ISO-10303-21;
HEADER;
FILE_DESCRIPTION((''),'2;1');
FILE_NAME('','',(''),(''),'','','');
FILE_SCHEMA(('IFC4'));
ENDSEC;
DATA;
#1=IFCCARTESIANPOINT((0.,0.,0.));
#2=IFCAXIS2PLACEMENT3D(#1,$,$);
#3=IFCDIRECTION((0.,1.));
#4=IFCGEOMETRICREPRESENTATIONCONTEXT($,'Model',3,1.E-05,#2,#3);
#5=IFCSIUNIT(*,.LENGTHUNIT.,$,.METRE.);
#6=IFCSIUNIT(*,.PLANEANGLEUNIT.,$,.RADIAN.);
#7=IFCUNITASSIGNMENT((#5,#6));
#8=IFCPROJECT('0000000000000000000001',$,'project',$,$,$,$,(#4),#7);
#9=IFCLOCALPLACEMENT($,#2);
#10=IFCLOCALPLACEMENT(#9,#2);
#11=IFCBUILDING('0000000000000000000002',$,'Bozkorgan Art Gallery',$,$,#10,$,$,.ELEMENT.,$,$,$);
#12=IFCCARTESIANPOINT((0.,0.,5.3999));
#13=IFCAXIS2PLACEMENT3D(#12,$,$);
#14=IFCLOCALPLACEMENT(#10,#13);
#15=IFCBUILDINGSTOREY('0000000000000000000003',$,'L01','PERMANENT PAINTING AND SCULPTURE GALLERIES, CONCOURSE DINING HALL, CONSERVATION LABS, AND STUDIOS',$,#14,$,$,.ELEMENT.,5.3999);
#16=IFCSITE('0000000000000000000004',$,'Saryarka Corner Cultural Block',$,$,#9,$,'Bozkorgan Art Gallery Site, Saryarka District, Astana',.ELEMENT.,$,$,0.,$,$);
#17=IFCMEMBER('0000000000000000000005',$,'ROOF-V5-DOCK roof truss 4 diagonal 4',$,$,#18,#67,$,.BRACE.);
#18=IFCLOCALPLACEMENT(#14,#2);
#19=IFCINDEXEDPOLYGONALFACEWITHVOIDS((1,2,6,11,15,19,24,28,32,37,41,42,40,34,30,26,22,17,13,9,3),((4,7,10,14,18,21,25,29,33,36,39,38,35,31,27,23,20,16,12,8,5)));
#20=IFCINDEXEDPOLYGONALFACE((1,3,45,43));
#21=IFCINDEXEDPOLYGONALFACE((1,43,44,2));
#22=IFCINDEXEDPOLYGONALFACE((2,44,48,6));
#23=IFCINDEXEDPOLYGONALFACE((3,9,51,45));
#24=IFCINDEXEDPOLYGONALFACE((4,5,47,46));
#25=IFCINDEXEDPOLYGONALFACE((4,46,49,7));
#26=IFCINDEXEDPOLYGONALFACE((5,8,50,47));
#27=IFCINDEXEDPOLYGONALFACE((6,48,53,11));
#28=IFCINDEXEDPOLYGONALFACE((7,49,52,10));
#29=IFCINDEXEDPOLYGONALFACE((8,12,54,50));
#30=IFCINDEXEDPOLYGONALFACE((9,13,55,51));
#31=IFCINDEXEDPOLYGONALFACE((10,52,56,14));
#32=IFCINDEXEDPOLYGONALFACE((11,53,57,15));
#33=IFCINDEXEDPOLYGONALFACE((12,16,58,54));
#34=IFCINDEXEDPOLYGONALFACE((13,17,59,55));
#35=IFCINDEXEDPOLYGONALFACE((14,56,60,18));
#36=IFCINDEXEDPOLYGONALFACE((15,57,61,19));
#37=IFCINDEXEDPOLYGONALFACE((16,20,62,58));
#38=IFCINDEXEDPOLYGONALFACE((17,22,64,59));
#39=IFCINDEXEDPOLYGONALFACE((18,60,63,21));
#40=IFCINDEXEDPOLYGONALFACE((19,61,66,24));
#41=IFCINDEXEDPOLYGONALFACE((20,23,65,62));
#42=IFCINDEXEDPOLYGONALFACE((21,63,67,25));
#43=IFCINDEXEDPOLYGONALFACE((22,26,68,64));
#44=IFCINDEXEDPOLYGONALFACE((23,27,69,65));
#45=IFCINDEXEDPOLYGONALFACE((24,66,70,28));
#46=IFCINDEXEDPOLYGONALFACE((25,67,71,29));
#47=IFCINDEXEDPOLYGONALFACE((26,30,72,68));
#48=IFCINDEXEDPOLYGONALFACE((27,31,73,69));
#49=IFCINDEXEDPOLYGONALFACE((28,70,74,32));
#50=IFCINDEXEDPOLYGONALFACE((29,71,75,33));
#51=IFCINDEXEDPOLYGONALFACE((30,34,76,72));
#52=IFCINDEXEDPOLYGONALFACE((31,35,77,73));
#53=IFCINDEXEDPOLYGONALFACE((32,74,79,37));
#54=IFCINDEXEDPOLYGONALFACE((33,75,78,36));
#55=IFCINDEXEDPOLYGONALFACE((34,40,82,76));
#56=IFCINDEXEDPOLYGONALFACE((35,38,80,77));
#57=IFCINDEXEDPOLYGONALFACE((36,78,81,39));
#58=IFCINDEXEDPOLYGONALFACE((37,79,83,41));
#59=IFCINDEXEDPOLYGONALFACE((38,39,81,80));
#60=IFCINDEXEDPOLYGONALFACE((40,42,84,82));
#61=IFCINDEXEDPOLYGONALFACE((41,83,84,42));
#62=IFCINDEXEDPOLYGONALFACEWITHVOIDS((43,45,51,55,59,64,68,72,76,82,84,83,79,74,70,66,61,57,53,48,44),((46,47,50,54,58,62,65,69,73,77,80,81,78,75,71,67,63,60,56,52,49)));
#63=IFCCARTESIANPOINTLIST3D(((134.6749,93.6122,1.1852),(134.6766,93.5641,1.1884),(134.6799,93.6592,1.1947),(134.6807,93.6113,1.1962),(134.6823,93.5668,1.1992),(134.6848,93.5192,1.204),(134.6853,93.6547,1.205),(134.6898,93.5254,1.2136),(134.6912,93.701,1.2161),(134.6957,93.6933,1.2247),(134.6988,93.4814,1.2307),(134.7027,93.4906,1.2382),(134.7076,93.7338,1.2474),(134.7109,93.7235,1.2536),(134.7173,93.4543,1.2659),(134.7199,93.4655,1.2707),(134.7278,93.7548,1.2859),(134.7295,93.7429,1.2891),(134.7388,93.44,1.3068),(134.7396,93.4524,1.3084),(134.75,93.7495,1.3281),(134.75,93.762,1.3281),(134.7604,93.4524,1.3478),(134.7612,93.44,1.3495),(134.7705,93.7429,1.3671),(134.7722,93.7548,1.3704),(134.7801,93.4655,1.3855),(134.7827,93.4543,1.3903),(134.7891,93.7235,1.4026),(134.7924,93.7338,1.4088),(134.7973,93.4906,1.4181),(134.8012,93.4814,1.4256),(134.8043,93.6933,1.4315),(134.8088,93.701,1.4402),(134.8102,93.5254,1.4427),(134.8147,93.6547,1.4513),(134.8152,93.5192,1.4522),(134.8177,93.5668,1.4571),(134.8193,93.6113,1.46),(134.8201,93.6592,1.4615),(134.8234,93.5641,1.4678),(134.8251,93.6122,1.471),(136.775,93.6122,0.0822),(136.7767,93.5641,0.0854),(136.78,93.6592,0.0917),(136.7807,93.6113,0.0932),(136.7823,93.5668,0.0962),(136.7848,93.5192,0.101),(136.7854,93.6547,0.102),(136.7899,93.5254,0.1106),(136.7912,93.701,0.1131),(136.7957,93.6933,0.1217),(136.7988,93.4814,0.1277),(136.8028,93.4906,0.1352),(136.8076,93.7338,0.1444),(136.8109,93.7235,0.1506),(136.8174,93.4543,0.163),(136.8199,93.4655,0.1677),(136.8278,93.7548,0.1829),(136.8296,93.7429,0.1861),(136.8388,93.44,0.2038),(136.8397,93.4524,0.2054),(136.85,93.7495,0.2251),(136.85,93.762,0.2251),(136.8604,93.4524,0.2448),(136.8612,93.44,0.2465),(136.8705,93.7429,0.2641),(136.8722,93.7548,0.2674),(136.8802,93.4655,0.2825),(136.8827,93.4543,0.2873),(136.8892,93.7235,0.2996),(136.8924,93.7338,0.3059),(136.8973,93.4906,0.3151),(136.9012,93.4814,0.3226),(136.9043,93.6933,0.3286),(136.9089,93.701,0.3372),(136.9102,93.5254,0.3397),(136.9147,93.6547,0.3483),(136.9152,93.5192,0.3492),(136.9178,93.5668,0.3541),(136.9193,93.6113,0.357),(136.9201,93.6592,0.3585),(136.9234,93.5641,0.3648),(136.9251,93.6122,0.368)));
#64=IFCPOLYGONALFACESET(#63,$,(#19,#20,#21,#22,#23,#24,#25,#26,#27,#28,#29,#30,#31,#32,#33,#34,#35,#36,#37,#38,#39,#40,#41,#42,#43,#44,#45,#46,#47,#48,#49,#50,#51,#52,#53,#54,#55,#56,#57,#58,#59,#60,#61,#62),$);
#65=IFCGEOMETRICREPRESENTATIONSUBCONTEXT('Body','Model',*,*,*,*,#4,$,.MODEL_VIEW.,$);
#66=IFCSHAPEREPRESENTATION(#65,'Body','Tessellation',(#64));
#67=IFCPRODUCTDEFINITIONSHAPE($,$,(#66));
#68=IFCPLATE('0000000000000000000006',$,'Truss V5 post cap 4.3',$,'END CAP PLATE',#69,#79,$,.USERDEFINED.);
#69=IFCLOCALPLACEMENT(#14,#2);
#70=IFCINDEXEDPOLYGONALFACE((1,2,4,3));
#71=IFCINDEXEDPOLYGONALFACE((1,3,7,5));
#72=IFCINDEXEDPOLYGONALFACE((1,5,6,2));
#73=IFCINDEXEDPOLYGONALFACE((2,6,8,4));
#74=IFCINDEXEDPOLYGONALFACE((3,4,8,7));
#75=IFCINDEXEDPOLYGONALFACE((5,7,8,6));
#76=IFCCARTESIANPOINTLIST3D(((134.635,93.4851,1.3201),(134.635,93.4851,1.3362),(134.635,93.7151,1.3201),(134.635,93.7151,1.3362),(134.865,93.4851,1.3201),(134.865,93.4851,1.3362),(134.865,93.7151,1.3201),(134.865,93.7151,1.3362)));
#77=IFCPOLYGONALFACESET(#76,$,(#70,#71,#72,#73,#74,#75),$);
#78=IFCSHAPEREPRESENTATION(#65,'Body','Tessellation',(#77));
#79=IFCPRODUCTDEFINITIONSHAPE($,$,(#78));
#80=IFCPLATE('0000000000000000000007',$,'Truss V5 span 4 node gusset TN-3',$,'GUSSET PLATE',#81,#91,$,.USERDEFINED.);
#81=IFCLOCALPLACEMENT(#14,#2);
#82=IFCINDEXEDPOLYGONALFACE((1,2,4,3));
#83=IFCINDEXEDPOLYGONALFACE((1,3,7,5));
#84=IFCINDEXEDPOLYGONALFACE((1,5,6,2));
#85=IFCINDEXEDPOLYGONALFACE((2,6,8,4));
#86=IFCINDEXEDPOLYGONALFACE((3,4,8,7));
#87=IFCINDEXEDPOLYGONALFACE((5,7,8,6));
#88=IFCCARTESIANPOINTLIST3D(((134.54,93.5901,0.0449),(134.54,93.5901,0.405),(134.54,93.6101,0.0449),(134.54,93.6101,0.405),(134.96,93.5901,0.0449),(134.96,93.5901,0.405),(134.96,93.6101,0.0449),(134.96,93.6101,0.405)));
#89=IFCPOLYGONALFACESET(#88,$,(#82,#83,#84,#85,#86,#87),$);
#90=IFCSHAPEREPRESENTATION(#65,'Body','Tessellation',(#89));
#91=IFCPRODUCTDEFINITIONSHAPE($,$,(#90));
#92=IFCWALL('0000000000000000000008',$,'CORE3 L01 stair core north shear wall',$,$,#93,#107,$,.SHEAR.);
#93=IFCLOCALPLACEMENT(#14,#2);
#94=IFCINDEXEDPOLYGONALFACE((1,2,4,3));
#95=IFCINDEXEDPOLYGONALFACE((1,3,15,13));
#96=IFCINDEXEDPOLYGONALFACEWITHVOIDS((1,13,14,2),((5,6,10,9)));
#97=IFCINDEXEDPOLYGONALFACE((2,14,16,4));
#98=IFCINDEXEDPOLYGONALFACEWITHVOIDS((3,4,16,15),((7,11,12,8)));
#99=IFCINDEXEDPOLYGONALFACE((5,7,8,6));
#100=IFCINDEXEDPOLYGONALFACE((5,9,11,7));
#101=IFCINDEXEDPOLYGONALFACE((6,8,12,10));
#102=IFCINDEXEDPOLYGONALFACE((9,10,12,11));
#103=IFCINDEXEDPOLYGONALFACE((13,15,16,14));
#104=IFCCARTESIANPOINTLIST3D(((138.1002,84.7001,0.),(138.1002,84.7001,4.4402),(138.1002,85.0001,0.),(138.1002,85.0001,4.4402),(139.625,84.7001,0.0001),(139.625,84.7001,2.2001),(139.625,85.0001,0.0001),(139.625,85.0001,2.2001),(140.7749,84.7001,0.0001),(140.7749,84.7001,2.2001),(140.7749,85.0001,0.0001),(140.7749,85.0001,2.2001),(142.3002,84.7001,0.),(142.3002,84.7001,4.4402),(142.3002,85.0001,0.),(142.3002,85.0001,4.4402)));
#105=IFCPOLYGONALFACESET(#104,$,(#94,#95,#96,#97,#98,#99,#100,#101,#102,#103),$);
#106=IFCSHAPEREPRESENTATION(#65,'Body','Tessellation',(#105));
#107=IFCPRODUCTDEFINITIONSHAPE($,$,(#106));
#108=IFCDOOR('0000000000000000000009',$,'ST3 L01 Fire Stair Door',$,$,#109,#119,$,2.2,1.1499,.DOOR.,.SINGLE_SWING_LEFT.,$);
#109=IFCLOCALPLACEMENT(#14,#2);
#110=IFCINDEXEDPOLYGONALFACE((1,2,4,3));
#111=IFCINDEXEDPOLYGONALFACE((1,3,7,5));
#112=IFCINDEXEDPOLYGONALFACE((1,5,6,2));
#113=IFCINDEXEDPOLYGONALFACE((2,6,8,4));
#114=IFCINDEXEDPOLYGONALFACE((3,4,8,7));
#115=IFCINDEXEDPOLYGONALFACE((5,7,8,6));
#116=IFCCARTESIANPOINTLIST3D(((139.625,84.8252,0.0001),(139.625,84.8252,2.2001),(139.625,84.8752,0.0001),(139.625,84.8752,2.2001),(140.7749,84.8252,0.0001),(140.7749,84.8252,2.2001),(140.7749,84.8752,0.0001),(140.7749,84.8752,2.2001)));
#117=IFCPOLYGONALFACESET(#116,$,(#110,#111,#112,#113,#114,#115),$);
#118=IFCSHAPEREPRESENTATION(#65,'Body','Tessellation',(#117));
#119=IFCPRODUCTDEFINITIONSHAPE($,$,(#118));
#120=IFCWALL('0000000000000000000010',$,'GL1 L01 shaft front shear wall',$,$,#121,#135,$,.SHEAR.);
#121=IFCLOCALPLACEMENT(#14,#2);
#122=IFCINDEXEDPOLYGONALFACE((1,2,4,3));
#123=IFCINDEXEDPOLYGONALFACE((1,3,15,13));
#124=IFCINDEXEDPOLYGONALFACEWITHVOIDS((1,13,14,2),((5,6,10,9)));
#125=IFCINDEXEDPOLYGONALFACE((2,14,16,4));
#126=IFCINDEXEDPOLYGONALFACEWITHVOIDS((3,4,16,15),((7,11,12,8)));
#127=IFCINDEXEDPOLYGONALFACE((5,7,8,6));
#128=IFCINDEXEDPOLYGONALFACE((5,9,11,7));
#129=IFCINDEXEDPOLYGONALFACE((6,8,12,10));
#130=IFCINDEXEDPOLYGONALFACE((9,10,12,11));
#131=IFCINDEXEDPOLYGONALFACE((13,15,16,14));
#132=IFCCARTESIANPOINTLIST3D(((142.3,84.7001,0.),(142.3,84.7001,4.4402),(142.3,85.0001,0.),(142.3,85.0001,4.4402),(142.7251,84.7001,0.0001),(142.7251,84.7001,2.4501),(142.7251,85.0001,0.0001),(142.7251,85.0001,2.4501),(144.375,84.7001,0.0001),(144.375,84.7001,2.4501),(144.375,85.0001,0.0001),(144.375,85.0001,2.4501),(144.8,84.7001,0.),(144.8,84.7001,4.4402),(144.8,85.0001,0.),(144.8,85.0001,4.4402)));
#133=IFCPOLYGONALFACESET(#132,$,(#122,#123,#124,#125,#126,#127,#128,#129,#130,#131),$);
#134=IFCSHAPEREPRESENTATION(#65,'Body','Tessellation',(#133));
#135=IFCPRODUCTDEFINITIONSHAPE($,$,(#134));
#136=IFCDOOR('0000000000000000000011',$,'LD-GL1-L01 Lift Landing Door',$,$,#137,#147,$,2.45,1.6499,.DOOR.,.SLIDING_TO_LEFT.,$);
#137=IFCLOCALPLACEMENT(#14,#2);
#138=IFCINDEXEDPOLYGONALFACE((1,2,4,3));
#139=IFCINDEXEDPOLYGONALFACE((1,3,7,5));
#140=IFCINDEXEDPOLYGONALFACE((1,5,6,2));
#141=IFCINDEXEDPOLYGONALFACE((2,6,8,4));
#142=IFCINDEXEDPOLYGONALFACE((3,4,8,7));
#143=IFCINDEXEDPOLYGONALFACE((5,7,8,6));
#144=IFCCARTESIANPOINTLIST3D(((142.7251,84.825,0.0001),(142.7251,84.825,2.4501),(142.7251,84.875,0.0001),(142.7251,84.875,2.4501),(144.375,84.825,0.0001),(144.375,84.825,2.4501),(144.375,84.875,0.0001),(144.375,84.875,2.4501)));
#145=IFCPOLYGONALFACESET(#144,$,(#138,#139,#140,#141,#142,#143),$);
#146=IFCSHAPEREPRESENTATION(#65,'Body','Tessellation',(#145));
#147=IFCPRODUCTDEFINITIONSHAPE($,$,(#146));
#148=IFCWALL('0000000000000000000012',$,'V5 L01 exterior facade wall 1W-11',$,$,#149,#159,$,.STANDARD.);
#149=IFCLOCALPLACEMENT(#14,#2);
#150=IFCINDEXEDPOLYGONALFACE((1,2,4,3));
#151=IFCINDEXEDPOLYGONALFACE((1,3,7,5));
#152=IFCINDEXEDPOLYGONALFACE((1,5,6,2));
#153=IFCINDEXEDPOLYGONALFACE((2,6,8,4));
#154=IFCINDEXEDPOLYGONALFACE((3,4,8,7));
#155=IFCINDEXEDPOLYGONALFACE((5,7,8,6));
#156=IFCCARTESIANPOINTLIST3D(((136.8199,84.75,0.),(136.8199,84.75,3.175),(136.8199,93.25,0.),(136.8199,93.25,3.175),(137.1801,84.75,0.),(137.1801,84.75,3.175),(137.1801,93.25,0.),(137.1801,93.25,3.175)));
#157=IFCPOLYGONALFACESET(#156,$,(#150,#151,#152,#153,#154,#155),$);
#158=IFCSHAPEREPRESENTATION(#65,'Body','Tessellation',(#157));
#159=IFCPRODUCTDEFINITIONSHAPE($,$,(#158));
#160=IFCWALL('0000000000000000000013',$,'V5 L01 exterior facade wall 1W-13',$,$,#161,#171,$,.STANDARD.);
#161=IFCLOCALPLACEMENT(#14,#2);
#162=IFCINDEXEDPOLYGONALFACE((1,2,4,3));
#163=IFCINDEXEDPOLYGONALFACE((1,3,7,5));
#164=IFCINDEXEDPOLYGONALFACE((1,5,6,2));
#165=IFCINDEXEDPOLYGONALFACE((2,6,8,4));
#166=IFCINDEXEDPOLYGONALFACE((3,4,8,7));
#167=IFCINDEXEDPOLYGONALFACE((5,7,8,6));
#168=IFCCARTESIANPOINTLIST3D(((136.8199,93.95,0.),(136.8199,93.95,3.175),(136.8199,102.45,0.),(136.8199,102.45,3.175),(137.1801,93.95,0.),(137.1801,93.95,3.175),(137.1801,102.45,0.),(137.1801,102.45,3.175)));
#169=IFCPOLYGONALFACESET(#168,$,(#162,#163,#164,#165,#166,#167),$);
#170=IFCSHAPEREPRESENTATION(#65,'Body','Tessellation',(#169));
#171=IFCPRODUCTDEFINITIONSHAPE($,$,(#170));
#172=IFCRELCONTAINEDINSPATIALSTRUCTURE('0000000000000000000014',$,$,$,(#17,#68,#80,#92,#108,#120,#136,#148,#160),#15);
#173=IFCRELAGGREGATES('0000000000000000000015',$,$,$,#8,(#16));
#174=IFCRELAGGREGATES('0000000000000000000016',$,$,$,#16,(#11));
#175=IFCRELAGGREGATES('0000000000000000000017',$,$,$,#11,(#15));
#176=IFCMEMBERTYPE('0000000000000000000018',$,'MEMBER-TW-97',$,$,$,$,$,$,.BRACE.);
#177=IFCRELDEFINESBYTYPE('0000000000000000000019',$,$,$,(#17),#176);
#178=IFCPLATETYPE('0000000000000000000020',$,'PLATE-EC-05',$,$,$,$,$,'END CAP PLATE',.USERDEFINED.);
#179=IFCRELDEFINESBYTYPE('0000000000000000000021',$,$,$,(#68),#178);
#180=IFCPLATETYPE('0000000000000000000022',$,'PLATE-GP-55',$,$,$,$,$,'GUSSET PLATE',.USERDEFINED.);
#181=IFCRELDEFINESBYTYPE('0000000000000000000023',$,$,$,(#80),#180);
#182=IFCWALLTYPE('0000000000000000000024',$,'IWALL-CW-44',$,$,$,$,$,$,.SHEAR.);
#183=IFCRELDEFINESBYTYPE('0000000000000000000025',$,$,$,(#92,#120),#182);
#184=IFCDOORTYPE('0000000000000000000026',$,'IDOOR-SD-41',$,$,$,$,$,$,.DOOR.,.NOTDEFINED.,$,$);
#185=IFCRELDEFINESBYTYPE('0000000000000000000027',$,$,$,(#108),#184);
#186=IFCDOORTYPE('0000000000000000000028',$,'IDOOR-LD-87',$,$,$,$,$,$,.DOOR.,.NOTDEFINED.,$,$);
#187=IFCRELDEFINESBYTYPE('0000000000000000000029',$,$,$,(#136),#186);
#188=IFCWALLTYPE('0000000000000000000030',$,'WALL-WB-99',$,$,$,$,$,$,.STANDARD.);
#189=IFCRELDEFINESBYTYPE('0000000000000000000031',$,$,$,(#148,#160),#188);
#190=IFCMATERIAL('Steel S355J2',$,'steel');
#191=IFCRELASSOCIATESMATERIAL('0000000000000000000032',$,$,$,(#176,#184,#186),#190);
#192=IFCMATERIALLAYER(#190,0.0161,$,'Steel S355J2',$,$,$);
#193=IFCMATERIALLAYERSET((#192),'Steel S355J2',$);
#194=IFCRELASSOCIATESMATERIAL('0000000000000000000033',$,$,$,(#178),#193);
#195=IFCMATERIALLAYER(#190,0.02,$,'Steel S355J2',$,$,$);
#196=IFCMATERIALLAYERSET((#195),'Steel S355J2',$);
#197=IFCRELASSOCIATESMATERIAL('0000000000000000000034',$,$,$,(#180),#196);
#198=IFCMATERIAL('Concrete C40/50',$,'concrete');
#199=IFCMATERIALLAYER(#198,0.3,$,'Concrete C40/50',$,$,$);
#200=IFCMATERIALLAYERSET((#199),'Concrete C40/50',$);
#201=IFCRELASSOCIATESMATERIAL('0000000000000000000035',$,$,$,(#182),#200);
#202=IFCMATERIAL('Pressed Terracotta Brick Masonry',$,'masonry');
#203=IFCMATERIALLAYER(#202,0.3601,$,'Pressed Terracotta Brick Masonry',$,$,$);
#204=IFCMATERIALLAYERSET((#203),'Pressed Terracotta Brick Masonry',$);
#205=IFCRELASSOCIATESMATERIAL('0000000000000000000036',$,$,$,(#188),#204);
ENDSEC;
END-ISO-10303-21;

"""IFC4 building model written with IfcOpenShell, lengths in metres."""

from ifc_helpers import new_model, si_unit, direction, frame, frame_2d, origin, origin_2d, place, context, subcontext, project, spatial, rectangle, hollow_circle, extrude, material, layer, layer_set, material_profile, profile_set, type_object, element, fill, save


model = new_model("IFC4")

# Units and contexts
model_context = context("Model", 3, precision=1e-05, world=origin(), true_north=direction((0.0, 1.0)))
body_context = subcontext(model_context, "Body", "Model", "MODEL_VIEW")
ifc_project = project(units=[si_unit("LENGTHUNIT", "METRE"), si_unit("PLANEANGLEUNIT", "RADIAN")], contexts=[model_context])

# Site, building, storey
site_placement = place(None, origin())
site = spatial("IfcSite", under=ifc_project, at=site_placement, Name="Saryarka Corner Cultural Block", LongName="Bozkorgan Art Gallery Site, Saryarka District, Astana", CompositionType="ELEMENT", RefElevation=0.0)
building_placement = place(site_placement, origin())
building = spatial("IfcBuilding", under=site, at=building_placement, Name="Bozkorgan Art Gallery", CompositionType="ELEMENT")
storey_placement = place(building_placement, frame((0.0, 0.0, 5.3999)))
storey = spatial("IfcBuildingStorey", under=building, at=storey_placement, Name="L01", Description="PERMANENT PAINTING AND SCULPTURE GALLERIES, CONCOURSE DINING HALL, CONSERVATION LABS, AND STUDIOS", CompositionType="ELEMENT", Elevation=5.3999)

# Shared definitions
ifc_material_1 = material(Name="Concrete C40/50", Category="concrete")

# Shared definitions
ifc_material_2 = material(Name="Steel S355J2", Category="steel")

# Member
ifc_material_profile_1 = material_profile(ifc_material_2, hollow_circle(Radius=0.1619, WallThickness=0.0125, at=origin_2d()), Name="CHS 323.9x12.5")
ifc_profile_set_1 = profile_set([ifc_material_profile_1], Name="Steel S355J2")
member_type_1 = type_object("IfcMemberType", Name="MEMBER-TW-97", PredefinedType="BRACE", material=ifc_profile_set_1)
member_1_placement = place(storey_placement, frame((134.75, 93.6001, 1.3281), z_axis=(0.885315, 0.0, -0.464991), x_axis=(0.0, 1.0, 0.0)))
element("IfcMember", 1, at=member_1_placement, inside=storey, type_object=member_type_1, Name="ROOF-V5-DOCK roof truss 4 diagonal 4", PredefinedType="BRACE", context=body_context, shape_type="SweptSolid", body=[
    extrude(hollow_circle(Radius=0.1619, WallThickness=0.0125, at=origin_2d()), origin(), (0.0, 0.0, 1.0), 2.3721),
])

# Plates
ifc_layer_1 = layer(ifc_material_2, 0.0161, Name="Steel S355J2")
ifc_layer_set_1 = layer_set([ifc_layer_1], Name="Steel S355J2")
plate_type_1 = type_object("IfcPlateType", Name="PLATE-EC-05", ElementType="END CAP PLATE", PredefinedType="USERDEFINED", material=ifc_layer_set_1)
plate_1_placement = place(storey_placement, frame((134.75, 93.6001, 1.3201), z_axis=(0.0, 0.0, 1.0), x_axis=(1.0, 0.0, 0.0)))
element("IfcPlate", 2, at=plate_1_placement, inside=storey, type_object=plate_type_1, Name="Truss V5 post cap 4.3", ObjectType="END CAP PLATE", PredefinedType="USERDEFINED", context=body_context, shape_type="SweptSolid", body=[
    extrude(rectangle(XDim=0.23, YDim=0.23, at=origin_2d()), origin(), (0.0, 0.0, 1.0), 0.0161),
])
ifc_layer_2 = layer(ifc_material_2, 0.02, Name="Steel S355J2")
ifc_layer_set_2 = layer_set([ifc_layer_2], Name="Steel S355J2")
plate_type_2 = type_object("IfcPlateType", Name="PLATE-GP-55", ElementType="GUSSET PLATE", PredefinedType="USERDEFINED", material=ifc_layer_set_2)
plate_2_placement = place(storey_placement, frame((134.75, 93.6001, 0.0449), z_axis=(0.0, 0.0, 1.0), x_axis=(1.0, 0.0, 0.0)))
element("IfcPlate", 3, at=plate_2_placement, inside=storey, type_object=plate_type_2, Name="Truss V5 span 4 node gusset TN-3", ObjectType="GUSSET PLATE", PredefinedType="USERDEFINED", context=body_context, shape_type="SweptSolid", body=[
    extrude(rectangle(XDim=0.4199, YDim=0.02, at=origin_2d()), origin(), (0.0, 0.0, 1.0), 0.3601),
])

# Walls, openings, doors
ifc_layer_3 = layer(ifc_material_1, 0.3, Name="Concrete C40/50")
ifc_layer_set_3 = layer_set([ifc_layer_3], Name="Concrete C40/50")
wall_type_1 = type_object("IfcWallType", Name="IWALL-CW-44", PredefinedType="SHEAR", material=ifc_layer_set_3)
wall_1_placement = place(storey_placement, frame((138.1001, 84.8501, 0.0), z_axis=(0.0, 0.0, 1.0), x_axis=(1.0, 0.0, 0.0)))
wall_1 = element("IfcWall", 4, at=wall_1_placement, inside=storey, type_object=wall_type_1, Name="CORE3 L01 stair core north shear wall", PredefinedType="SHEAR", context=body_context, shape_type="SweptSolid", body=[
    extrude(rectangle(XDim=4.2, YDim=0.3, at=frame_2d((2.1001, 0.0))), origin(), (0.0, 0.0, 1.0), 4.4402),
])
opening_1_placement = place(wall_1_placement, frame((2.6748, 0.0, 0.0), z_axis=(0.0, 0.0, 1.0), x_axis=(-1.0, 0.0, 0.0)))
opening_1 = element("IfcOpeningElement", 5, at=opening_1_placement, cuts=wall_1, PredefinedType="OPENING", context=body_context, shape_type="SweptSolid", body=[
    extrude(rectangle(XDim=1.1499, YDim=2.2, at=frame_2d((0.575, 1.1001))), frame((0.0, 0.1602, 0.0), z_axis=(0.0, -1.0, 0.0), x_axis=(1.0, 0.0, 0.0)), (0.0, 0.0, 1.0), 0.3201),
])
door_type_1 = type_object("IfcDoorType", Name="IDOOR-SD-41", OperationType="NOTDEFINED", PredefinedType="DOOR", material=ifc_material_2)
door_1_placement = place(opening_1_placement, origin())
door_1 = element("IfcDoor", 6, at=door_1_placement, inside=storey, type_object=door_type_1, Name="ST3 L01 Fire Stair Door", OperationType="SINGLE_SWING_LEFT", OverallHeight=2.2, OverallWidth=1.1499, PredefinedType="DOOR", context=body_context, shape_type="SweptSolid", body=[
    extrude(rectangle(XDim=1.1499, YDim=2.2, at=frame_2d((0.575, 1.1001))), frame((0.0, 0.0249, 0.0), z_axis=(0.0, -1.0, 0.0), x_axis=(1.0, 0.0, 0.0)), (0.0, 0.0, 1.0), 0.05),
])
fill(opening_1, door_1)
wall_2_placement = place(storey_placement, frame((142.3, 84.8501, 0.0), z_axis=(0.0, 0.0, 1.0), x_axis=(1.0, 0.0, 0.0)))
wall_2 = element("IfcWall", 7, at=wall_2_placement, inside=storey, type_object=wall_type_1, Name="GL1 L01 shaft front shear wall", PredefinedType="SHEAR", context=body_context, shape_type="SweptSolid", body=[
    extrude(rectangle(XDim=2.5, YDim=0.3, at=frame_2d((1.25, 0.0))), origin(), (0.0, 0.0, 1.0), 4.4402),
])
opening_2_placement = place(wall_2_placement, frame((0.425, 0.0, 0.0)))
opening_2 = element("IfcOpeningElement", 8, at=opening_2_placement, cuts=wall_2, PredefinedType="OPENING", context=body_context, shape_type="SweptSolid", body=[
    extrude(rectangle(XDim=1.6499, YDim=2.45, at=frame_2d((0.825, 1.2251))), frame((0.0, 0.1602, 0.0), z_axis=(0.0, -1.0, 0.0), x_axis=(1.0, 0.0, 0.0)), (0.0, 0.0, 1.0), 0.3201),
])
door_type_2 = type_object("IfcDoorType", Name="IDOOR-LD-87", OperationType="NOTDEFINED", PredefinedType="DOOR", material=ifc_material_2)
door_2_placement = place(opening_2_placement, origin())
door_2 = element("IfcDoor", 9, at=door_2_placement, inside=storey, type_object=door_type_2, Name="LD-GL1-L01 Lift Landing Door", OperationType="SLIDING_TO_LEFT", OverallHeight=2.45, OverallWidth=1.6499, PredefinedType="DOOR", context=body_context, shape_type="SweptSolid", body=[
    extrude(rectangle(XDim=1.6499, YDim=2.45, at=frame_2d((0.825, 1.2251))), frame((0.0, 0.0249, 0.0), z_axis=(0.0, -1.0, 0.0), x_axis=(1.0, 0.0, 0.0)), (0.0, 0.0, 1.0), 0.05),
])
fill(opening_2, door_2)

# Walls
ifc_material_3 = material(Name="Pressed Terracotta Brick Masonry", Category="masonry")
ifc_layer_4 = layer(ifc_material_3, 0.3601, Name="Pressed Terracotta Brick Masonry")
ifc_layer_set_4 = layer_set([ifc_layer_4], Name="Pressed Terracotta Brick Masonry")
wall_type_2 = type_object("IfcWallType", Name="WALL-WB-99", PredefinedType="STANDARD", material=ifc_layer_set_4)
for number, where, z_axis, x_axis, name in (
    (10, (137.0, 84.75, 0.0), (0.0, 0.0, 1.0), (0.0, 1.0, 0.0), "V5 L01 exterior facade wall 1W-11"),
    (11, (137.0, 93.95, 0.0), (0.0, 0.0, 1.0), (0.0, 1.0, 0.0), "V5 L01 exterior facade wall 1W-13"),
):
    element("IfcWall", number, at=place(storey_placement, frame(where, z_axis=z_axis, x_axis=x_axis)), inside=storey, type_object=wall_type_2, Name=name, PredefinedType="STANDARD", context=body_context, shape_type="SweptSolid", body=[
        extrude(rectangle(XDim=8.5, YDim=0.3601, at=frame_2d((4.25, 0.0))), origin(), (0.0, 0.0, 1.0), 3.175),
    ])

save(model, "model.ifc")
